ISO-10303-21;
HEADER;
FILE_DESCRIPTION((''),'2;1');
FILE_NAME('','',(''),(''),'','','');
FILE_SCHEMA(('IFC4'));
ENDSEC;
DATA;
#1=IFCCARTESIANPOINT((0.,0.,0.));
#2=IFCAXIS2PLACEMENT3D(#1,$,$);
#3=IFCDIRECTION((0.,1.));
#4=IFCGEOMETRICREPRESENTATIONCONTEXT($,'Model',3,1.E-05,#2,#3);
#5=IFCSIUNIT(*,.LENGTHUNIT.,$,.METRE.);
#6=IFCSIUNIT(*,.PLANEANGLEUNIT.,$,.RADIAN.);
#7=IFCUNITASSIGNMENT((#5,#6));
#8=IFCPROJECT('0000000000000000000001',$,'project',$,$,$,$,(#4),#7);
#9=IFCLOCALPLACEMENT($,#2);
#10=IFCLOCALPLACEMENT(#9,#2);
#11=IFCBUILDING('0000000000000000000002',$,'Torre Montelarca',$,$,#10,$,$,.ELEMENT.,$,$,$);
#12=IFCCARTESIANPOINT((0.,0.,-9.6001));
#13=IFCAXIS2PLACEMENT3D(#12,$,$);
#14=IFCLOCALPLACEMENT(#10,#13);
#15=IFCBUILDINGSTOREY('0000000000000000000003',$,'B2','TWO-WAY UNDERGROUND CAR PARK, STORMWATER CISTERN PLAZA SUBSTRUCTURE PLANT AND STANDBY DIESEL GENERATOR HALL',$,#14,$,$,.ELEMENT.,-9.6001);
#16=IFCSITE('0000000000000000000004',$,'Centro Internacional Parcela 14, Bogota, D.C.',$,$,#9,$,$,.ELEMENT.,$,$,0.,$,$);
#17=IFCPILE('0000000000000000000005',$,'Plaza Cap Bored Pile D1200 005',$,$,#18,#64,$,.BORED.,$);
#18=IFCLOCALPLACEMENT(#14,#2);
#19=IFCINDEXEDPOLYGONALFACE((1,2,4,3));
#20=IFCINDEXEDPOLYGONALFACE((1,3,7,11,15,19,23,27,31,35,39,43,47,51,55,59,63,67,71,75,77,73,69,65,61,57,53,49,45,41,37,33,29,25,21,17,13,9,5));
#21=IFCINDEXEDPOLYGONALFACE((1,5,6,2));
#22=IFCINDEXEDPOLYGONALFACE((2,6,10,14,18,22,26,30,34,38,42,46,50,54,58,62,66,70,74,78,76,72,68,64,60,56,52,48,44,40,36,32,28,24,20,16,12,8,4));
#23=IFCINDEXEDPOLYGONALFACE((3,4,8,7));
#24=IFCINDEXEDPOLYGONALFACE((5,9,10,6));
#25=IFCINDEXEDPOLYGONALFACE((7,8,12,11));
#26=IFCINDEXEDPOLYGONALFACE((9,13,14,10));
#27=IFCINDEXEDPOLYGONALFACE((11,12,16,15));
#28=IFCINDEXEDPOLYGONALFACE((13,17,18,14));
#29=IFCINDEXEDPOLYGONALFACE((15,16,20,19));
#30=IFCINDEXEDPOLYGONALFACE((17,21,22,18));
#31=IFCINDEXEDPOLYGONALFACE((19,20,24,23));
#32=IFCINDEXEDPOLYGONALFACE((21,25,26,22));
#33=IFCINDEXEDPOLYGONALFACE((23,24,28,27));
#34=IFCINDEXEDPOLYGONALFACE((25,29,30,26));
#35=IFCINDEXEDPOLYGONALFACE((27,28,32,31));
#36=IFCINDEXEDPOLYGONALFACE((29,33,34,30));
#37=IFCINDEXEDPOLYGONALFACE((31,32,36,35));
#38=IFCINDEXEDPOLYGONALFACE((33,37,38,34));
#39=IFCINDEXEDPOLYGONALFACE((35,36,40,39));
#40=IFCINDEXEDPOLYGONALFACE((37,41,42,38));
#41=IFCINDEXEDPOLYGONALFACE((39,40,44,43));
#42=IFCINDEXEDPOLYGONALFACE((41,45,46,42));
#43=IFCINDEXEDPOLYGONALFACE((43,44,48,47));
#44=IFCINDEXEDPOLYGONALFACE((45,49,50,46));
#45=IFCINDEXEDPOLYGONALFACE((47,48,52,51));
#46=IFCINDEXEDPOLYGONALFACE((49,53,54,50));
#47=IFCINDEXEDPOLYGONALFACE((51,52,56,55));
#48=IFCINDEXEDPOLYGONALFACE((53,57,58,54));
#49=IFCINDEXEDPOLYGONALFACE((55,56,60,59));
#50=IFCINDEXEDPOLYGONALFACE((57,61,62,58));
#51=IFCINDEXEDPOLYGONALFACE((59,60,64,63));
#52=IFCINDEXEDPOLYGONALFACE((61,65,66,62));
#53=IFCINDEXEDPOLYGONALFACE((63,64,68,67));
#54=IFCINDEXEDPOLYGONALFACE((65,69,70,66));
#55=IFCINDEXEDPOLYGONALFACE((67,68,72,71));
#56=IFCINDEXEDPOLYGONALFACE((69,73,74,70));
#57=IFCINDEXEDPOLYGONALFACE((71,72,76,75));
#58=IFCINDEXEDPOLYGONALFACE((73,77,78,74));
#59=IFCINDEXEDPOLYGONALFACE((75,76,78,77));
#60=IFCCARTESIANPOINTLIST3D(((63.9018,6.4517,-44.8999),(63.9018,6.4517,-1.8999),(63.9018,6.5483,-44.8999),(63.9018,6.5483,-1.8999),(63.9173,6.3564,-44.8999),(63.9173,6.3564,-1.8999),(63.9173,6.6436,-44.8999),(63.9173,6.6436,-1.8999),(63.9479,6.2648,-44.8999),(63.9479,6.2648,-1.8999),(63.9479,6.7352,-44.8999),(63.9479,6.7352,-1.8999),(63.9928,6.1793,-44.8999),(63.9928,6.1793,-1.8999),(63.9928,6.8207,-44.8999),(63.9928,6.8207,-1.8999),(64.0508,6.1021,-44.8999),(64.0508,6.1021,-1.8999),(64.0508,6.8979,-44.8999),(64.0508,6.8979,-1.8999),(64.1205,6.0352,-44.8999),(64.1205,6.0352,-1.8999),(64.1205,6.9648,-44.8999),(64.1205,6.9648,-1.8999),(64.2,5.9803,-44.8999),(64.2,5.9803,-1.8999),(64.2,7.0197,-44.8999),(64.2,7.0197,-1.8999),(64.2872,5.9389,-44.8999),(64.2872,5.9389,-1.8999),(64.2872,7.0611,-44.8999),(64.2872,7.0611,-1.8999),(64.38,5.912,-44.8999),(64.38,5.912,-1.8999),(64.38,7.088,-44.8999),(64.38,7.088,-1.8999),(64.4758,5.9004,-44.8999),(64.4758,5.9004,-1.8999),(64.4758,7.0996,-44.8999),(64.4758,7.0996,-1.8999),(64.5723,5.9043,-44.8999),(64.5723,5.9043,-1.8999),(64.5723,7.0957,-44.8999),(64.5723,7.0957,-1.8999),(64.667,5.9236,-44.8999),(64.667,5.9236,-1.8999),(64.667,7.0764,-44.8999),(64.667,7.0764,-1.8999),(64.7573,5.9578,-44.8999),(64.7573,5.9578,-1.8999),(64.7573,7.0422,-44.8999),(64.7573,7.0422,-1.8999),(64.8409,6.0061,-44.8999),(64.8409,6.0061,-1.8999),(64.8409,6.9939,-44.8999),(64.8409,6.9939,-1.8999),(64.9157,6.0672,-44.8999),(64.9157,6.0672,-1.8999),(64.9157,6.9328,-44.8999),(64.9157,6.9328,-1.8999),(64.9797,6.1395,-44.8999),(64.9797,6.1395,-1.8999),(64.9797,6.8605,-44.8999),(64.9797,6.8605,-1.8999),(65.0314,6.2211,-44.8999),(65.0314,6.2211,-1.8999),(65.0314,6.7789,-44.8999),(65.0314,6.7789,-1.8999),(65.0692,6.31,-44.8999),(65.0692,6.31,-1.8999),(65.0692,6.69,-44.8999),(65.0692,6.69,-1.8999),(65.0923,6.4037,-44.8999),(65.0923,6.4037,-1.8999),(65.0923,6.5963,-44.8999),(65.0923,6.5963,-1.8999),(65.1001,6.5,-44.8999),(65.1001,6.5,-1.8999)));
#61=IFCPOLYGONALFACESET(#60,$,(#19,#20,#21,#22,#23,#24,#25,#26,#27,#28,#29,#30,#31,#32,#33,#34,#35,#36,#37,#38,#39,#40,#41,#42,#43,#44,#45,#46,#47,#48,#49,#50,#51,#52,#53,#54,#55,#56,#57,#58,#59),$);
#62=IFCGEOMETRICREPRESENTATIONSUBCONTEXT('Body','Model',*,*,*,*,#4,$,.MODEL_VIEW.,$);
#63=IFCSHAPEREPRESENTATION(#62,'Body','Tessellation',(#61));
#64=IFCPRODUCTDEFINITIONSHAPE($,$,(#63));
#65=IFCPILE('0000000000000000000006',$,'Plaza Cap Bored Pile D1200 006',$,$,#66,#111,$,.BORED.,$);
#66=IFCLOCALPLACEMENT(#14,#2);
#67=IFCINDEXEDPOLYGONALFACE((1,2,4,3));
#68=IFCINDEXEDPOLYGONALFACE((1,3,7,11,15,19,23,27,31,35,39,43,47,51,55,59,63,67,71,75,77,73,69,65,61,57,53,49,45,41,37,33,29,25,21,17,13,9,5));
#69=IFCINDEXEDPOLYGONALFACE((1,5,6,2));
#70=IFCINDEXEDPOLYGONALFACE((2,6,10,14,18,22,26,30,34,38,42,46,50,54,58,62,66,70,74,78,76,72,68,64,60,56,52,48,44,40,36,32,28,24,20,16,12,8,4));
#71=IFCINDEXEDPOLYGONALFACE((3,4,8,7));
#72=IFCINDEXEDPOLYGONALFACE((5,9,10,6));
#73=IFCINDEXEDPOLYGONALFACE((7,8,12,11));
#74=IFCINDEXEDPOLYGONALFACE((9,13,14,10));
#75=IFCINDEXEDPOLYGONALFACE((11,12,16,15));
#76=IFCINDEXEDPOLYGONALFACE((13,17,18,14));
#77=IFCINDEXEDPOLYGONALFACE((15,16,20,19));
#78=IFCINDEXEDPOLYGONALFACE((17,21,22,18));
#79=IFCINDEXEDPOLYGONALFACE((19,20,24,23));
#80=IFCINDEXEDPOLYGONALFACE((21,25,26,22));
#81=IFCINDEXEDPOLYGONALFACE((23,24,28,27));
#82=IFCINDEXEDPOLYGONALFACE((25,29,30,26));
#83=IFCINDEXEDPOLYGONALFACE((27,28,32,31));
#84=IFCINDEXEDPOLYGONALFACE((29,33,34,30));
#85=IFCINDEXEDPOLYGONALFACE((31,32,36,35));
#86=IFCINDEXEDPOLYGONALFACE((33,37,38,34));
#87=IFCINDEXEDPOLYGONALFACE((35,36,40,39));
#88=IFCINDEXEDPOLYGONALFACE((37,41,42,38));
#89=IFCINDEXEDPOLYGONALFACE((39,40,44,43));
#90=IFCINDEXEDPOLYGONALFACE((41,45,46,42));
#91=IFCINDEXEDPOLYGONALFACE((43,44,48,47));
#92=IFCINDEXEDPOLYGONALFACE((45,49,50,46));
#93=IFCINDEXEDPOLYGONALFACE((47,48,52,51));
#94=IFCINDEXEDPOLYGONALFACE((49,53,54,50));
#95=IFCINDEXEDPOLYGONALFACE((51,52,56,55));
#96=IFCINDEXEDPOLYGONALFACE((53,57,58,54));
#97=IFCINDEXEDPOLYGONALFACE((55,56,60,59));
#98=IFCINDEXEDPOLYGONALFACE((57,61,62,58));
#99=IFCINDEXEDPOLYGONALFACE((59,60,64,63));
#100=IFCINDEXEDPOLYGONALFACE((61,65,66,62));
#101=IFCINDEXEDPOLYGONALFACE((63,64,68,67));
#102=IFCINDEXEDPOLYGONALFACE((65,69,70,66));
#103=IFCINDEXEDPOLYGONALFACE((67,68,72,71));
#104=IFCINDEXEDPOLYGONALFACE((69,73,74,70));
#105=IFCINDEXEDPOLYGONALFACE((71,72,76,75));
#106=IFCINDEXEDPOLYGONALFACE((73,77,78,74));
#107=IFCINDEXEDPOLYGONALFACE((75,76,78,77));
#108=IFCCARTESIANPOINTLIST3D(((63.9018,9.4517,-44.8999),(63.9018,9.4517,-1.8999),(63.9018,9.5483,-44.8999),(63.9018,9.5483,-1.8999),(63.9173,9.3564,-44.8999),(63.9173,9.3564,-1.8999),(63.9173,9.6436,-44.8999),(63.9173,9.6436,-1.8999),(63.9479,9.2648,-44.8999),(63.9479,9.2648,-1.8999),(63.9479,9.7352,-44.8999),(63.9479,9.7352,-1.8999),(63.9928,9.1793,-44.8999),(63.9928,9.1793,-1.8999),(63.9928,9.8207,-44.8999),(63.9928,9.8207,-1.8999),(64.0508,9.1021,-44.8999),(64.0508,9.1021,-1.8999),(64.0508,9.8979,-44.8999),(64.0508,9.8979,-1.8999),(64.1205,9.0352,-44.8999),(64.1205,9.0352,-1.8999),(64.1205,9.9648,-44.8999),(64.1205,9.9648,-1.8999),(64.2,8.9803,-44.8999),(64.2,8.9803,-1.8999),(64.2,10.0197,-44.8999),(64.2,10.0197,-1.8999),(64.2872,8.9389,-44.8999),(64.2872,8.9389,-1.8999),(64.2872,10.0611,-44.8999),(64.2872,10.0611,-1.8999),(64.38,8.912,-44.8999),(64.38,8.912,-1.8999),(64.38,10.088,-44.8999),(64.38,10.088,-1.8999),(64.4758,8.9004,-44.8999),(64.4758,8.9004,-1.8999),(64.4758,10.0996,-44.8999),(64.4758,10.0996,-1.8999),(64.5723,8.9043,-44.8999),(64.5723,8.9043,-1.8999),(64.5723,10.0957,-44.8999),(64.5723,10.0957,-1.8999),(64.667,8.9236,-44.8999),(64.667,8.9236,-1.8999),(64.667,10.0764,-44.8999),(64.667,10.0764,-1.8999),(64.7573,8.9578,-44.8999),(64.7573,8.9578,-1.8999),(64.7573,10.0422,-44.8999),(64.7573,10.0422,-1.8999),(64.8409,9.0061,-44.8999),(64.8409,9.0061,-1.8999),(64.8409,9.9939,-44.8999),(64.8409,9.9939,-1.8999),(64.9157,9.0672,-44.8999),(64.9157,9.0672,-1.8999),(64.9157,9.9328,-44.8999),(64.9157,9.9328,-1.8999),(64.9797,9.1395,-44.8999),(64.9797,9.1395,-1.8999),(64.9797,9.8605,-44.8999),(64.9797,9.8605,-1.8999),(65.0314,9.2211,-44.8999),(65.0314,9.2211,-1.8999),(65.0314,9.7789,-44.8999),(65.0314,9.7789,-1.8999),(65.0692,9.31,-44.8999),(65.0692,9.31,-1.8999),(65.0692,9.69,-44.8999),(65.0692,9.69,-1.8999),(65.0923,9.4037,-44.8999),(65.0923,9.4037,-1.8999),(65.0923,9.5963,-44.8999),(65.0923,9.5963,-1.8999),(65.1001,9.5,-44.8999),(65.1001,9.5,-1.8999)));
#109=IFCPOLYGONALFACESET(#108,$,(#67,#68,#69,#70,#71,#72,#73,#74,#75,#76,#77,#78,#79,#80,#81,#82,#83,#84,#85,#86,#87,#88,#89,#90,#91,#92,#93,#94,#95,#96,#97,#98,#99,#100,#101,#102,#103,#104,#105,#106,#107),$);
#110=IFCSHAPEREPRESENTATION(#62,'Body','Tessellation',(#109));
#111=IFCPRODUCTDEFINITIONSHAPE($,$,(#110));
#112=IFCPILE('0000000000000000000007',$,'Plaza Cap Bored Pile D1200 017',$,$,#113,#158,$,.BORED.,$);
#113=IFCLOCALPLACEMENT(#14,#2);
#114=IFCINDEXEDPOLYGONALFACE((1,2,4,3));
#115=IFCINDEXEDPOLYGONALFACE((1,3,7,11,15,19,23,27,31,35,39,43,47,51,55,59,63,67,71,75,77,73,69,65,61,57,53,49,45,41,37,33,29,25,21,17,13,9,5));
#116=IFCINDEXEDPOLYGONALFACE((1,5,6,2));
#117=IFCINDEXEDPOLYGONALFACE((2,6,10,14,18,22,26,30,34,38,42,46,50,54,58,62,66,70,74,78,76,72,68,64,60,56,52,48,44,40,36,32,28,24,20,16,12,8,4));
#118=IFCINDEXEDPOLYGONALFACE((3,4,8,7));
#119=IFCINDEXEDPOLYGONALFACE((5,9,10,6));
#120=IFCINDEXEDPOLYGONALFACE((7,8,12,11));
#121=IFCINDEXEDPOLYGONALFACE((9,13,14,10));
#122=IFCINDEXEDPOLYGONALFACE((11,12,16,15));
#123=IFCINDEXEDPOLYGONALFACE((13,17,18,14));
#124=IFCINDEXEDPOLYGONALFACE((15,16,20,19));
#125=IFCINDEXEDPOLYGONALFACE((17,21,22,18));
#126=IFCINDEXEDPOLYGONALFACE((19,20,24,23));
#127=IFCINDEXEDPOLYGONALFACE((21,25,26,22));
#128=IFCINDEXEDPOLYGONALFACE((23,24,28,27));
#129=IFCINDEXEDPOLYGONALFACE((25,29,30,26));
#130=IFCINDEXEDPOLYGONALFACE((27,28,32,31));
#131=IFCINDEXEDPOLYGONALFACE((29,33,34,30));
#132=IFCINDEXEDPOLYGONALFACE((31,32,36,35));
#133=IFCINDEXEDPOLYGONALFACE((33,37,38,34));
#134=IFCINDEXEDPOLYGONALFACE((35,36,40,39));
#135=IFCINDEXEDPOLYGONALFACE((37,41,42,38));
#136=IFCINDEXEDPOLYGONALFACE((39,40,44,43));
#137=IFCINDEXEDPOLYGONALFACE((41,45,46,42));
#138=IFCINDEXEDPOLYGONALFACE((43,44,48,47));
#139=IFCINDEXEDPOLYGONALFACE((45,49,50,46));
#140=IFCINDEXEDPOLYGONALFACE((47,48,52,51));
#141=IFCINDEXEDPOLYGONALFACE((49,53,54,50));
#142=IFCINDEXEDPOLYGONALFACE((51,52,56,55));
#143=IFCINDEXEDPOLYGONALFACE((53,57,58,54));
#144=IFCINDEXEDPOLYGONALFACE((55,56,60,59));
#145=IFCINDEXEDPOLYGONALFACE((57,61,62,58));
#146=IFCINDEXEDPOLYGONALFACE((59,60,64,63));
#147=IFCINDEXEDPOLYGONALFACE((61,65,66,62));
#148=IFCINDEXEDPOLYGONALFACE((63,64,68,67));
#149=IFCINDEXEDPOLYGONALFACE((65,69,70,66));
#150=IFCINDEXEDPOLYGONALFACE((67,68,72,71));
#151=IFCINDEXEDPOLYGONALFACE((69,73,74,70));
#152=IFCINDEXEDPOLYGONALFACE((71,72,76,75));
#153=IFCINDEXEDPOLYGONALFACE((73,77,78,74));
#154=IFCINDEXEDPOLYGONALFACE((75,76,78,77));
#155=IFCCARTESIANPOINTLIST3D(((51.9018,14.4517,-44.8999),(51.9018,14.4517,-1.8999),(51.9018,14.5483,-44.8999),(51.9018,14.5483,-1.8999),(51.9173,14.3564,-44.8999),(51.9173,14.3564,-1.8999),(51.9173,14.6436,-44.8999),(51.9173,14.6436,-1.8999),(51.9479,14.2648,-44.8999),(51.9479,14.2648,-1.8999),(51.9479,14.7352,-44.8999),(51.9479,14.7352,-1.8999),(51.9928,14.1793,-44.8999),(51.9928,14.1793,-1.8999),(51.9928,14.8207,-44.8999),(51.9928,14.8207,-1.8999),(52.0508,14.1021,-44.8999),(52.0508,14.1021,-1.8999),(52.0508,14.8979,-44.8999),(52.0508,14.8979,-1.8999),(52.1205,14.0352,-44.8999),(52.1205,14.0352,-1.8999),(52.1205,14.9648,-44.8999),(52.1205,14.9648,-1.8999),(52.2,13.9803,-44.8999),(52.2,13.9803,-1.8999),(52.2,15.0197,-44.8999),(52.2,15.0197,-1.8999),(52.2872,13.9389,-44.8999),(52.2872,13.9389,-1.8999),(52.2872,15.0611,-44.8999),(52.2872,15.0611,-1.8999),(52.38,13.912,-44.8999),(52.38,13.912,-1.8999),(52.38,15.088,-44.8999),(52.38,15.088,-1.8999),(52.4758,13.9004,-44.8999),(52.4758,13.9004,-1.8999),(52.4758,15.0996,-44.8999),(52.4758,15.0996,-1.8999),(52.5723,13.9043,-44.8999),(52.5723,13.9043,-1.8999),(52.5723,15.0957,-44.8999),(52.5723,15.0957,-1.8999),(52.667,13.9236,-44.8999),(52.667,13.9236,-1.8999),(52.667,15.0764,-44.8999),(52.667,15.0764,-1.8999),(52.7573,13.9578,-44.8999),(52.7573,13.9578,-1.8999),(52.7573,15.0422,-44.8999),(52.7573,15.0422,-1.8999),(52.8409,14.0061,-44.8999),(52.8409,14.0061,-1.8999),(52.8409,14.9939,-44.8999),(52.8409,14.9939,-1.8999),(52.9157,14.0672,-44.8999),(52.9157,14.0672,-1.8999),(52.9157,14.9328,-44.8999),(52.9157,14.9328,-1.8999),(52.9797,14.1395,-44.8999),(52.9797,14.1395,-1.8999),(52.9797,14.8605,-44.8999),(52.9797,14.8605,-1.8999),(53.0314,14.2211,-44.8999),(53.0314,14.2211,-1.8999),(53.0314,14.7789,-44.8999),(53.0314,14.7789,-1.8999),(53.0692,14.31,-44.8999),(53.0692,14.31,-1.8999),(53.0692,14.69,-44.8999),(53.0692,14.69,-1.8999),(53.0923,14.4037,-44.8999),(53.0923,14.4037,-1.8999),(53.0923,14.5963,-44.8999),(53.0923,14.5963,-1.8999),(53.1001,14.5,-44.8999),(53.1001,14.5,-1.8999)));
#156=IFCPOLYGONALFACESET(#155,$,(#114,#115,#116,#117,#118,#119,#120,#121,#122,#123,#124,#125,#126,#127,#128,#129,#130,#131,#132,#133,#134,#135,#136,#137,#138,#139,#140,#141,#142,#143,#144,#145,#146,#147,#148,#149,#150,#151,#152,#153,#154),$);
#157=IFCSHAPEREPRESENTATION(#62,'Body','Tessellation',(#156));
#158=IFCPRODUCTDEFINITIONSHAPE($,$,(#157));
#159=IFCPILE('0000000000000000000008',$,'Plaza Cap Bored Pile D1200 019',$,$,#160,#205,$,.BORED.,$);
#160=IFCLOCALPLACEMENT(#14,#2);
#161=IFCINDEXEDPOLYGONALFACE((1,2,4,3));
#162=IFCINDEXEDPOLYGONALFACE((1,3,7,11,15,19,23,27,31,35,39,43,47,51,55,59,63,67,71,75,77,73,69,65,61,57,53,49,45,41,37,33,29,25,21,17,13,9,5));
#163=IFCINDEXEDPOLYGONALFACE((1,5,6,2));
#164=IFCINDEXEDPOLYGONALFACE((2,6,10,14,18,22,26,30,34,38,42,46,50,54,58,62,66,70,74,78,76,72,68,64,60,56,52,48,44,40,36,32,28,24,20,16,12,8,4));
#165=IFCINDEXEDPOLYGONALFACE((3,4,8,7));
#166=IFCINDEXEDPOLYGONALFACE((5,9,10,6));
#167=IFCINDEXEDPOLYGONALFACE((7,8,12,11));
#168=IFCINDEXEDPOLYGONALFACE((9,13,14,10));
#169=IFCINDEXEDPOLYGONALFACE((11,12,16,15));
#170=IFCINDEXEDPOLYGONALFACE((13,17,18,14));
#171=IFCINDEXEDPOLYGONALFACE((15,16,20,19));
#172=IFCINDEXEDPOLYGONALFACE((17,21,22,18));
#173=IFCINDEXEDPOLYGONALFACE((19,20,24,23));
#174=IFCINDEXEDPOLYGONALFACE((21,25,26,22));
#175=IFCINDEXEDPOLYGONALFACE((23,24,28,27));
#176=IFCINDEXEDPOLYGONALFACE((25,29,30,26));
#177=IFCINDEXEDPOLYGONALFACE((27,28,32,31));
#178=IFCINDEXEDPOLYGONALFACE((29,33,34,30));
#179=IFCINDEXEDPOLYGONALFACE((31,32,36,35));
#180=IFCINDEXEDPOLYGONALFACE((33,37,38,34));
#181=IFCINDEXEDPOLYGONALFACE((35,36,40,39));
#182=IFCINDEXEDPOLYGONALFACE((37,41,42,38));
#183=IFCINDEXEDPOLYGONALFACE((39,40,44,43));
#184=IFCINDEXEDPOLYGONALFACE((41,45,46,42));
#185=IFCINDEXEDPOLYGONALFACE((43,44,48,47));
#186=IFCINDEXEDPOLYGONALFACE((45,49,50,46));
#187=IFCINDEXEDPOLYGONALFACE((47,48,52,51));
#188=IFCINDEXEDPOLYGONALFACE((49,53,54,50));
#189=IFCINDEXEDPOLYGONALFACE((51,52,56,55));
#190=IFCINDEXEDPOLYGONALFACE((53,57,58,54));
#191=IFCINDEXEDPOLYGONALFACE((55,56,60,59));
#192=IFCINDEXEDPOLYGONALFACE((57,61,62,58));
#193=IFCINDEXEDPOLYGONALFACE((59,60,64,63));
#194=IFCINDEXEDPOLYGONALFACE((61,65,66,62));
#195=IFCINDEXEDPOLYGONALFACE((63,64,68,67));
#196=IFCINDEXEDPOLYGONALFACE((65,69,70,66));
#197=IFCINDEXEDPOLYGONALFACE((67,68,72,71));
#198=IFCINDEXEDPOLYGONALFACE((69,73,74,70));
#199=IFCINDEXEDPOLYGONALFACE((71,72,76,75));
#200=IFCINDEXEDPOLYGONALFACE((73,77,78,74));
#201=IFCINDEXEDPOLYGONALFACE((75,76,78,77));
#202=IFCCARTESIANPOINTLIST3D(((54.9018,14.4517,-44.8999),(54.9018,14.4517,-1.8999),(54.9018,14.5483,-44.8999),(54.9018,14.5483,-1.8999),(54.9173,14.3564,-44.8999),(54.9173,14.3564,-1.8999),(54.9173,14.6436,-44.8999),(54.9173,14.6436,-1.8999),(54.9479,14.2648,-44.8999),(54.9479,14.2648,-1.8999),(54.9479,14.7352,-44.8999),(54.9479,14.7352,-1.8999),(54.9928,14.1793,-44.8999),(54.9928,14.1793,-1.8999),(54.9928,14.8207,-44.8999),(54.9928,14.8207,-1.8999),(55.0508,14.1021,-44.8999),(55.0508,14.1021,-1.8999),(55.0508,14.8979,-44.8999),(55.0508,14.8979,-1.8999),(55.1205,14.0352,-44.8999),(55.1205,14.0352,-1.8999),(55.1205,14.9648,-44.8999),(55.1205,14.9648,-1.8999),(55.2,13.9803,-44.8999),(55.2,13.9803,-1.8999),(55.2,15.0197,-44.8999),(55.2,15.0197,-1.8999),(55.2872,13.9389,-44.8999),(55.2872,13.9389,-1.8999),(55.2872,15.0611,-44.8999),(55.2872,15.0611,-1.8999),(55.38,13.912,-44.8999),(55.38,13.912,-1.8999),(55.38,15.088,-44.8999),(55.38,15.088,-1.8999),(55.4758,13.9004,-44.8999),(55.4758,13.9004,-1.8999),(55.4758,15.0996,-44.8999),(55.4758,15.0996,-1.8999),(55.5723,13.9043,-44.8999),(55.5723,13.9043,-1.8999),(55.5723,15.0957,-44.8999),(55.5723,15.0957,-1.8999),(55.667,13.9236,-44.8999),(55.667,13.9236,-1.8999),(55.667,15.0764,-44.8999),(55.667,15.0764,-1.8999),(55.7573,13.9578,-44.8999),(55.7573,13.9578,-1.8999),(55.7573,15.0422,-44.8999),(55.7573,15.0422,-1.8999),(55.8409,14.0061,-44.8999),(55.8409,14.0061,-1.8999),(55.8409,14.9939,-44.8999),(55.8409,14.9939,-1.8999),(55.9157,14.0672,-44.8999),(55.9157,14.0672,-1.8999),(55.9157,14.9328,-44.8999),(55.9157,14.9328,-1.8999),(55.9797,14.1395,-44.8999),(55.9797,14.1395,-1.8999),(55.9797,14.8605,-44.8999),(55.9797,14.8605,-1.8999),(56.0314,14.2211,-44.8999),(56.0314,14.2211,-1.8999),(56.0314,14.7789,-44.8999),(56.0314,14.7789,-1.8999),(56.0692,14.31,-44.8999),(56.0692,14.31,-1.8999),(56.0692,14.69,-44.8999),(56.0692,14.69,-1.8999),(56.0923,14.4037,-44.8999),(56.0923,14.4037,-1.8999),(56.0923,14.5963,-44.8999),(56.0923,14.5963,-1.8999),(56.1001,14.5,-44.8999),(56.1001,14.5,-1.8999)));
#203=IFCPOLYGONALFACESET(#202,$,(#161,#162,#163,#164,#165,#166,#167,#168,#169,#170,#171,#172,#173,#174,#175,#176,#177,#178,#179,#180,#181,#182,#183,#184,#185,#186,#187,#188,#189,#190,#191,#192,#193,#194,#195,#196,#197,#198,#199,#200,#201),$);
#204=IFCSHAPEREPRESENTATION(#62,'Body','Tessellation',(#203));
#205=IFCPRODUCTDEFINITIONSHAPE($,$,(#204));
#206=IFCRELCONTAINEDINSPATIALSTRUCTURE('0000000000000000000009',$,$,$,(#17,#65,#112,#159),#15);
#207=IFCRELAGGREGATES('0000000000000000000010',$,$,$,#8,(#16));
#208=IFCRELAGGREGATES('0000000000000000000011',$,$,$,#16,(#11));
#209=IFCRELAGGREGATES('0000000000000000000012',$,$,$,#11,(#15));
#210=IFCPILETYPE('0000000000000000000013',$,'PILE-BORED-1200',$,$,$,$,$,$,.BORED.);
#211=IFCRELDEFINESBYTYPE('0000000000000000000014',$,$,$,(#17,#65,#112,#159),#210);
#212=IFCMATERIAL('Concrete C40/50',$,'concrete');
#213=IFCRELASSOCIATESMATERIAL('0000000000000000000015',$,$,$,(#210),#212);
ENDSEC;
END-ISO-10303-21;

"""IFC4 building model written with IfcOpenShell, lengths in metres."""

from ifc_helpers import new_model, si_unit, direction, frame, origin, origin_2d, place, context, subcontext, project, spatial, circle, extrude, source, transform, mapped, material, material_profile, profile_set, type_object, element, save


model = new_model("IFC4")

# Units and contexts
model_context = context("Model", 3, precision=1e-05, world=origin(), true_north=direction((0.0, 1.0)))
body_context = subcontext(model_context, "Body", "Model", "MODEL_VIEW")
ifc_project = project(units=[si_unit("LENGTHUNIT", "METRE"), si_unit("PLANEANGLEUNIT", "RADIAN")], contexts=[model_context])

# Site, building, storey
site_placement = place(None, origin())
site = spatial("IfcSite", under=ifc_project, at=site_placement, Name="Centro Internacional Parcela 14, Bogota, D.C.", CompositionType="ELEMENT", RefElevation=0.0)
building_placement = place(site_placement, origin())
building = spatial("IfcBuilding", under=site, at=building_placement, Name="Torre Montelarca", CompositionType="ELEMENT")
storey_placement = place(building_placement, frame((0.0, 0.0, -9.6001)))
storey = spatial("IfcBuildingStorey", under=building, at=storey_placement, Name="B2", Description="TWO-WAY UNDERGROUND CAR PARK, STORMWATER CISTERN PLAZA SUBSTRUCTURE PLANT AND STANDBY DIESEL GENERATOR HALL", CompositionType="ELEMENT", Elevation=-9.6001)

# Piles
ifc_material_1 = material(Name="Concrete C40/50", Category="concrete")
ifc_material_profile_1 = material_profile(ifc_material_1, circle(Radius=0.6001, at=origin_2d()), Name="PILE-D1200", Category="concrete")
ifc_profile_set_1 = profile_set([ifc_material_profile_1], Name="Concrete C40/50")
pile_type_1 = type_object("IfcPileType", Name="PILE-BORED-1200", PredefinedType="BORED", material=ifc_profile_set_1)
shared_shape_1 = source(origin(), body_context, "Body", "SweptSolid", [
    extrude(circle(Radius=0.6001, at=origin_2d()), origin(), (0.0, 0.0, 1.0), 43.0),
])
for number, where, z_axis, x_axis, name in (
    (1, (64.5, 6.5, -1.8999), (0.0, 0.0, -1.0), (1.0, 0.0, 0.0), "Plaza Cap Bored Pile D1200 005"),
    (2, (64.5, 9.5, -1.8999), (0.0, 0.0, -1.0), (1.0, 0.0, 0.0), "Plaza Cap Bored Pile D1200 006"),
    (3, (52.5, 14.5, -1.8999), (0.0, 0.0, -1.0), (1.0, 0.0, 0.0), "Plaza Cap Bored Pile D1200 017"),
    (4, (55.5, 14.5, -1.8999), (0.0, 0.0, -1.0), (1.0, 0.0, 0.0), "Plaza Cap Bored Pile D1200 019"),
):
    element("IfcPile", number, at=place(storey_placement, frame(where, z_axis=z_axis, x_axis=x_axis)), inside=storey, type_object=pile_type_1, Name=name, PredefinedType="BORED", context=body_context, shape_type="MappedRepresentation", body=[
        mapped(shared_shape_1, transform((0.0, 0.0, 0.0), scale=1.0)),
    ])

save(model, "model.ifc")
